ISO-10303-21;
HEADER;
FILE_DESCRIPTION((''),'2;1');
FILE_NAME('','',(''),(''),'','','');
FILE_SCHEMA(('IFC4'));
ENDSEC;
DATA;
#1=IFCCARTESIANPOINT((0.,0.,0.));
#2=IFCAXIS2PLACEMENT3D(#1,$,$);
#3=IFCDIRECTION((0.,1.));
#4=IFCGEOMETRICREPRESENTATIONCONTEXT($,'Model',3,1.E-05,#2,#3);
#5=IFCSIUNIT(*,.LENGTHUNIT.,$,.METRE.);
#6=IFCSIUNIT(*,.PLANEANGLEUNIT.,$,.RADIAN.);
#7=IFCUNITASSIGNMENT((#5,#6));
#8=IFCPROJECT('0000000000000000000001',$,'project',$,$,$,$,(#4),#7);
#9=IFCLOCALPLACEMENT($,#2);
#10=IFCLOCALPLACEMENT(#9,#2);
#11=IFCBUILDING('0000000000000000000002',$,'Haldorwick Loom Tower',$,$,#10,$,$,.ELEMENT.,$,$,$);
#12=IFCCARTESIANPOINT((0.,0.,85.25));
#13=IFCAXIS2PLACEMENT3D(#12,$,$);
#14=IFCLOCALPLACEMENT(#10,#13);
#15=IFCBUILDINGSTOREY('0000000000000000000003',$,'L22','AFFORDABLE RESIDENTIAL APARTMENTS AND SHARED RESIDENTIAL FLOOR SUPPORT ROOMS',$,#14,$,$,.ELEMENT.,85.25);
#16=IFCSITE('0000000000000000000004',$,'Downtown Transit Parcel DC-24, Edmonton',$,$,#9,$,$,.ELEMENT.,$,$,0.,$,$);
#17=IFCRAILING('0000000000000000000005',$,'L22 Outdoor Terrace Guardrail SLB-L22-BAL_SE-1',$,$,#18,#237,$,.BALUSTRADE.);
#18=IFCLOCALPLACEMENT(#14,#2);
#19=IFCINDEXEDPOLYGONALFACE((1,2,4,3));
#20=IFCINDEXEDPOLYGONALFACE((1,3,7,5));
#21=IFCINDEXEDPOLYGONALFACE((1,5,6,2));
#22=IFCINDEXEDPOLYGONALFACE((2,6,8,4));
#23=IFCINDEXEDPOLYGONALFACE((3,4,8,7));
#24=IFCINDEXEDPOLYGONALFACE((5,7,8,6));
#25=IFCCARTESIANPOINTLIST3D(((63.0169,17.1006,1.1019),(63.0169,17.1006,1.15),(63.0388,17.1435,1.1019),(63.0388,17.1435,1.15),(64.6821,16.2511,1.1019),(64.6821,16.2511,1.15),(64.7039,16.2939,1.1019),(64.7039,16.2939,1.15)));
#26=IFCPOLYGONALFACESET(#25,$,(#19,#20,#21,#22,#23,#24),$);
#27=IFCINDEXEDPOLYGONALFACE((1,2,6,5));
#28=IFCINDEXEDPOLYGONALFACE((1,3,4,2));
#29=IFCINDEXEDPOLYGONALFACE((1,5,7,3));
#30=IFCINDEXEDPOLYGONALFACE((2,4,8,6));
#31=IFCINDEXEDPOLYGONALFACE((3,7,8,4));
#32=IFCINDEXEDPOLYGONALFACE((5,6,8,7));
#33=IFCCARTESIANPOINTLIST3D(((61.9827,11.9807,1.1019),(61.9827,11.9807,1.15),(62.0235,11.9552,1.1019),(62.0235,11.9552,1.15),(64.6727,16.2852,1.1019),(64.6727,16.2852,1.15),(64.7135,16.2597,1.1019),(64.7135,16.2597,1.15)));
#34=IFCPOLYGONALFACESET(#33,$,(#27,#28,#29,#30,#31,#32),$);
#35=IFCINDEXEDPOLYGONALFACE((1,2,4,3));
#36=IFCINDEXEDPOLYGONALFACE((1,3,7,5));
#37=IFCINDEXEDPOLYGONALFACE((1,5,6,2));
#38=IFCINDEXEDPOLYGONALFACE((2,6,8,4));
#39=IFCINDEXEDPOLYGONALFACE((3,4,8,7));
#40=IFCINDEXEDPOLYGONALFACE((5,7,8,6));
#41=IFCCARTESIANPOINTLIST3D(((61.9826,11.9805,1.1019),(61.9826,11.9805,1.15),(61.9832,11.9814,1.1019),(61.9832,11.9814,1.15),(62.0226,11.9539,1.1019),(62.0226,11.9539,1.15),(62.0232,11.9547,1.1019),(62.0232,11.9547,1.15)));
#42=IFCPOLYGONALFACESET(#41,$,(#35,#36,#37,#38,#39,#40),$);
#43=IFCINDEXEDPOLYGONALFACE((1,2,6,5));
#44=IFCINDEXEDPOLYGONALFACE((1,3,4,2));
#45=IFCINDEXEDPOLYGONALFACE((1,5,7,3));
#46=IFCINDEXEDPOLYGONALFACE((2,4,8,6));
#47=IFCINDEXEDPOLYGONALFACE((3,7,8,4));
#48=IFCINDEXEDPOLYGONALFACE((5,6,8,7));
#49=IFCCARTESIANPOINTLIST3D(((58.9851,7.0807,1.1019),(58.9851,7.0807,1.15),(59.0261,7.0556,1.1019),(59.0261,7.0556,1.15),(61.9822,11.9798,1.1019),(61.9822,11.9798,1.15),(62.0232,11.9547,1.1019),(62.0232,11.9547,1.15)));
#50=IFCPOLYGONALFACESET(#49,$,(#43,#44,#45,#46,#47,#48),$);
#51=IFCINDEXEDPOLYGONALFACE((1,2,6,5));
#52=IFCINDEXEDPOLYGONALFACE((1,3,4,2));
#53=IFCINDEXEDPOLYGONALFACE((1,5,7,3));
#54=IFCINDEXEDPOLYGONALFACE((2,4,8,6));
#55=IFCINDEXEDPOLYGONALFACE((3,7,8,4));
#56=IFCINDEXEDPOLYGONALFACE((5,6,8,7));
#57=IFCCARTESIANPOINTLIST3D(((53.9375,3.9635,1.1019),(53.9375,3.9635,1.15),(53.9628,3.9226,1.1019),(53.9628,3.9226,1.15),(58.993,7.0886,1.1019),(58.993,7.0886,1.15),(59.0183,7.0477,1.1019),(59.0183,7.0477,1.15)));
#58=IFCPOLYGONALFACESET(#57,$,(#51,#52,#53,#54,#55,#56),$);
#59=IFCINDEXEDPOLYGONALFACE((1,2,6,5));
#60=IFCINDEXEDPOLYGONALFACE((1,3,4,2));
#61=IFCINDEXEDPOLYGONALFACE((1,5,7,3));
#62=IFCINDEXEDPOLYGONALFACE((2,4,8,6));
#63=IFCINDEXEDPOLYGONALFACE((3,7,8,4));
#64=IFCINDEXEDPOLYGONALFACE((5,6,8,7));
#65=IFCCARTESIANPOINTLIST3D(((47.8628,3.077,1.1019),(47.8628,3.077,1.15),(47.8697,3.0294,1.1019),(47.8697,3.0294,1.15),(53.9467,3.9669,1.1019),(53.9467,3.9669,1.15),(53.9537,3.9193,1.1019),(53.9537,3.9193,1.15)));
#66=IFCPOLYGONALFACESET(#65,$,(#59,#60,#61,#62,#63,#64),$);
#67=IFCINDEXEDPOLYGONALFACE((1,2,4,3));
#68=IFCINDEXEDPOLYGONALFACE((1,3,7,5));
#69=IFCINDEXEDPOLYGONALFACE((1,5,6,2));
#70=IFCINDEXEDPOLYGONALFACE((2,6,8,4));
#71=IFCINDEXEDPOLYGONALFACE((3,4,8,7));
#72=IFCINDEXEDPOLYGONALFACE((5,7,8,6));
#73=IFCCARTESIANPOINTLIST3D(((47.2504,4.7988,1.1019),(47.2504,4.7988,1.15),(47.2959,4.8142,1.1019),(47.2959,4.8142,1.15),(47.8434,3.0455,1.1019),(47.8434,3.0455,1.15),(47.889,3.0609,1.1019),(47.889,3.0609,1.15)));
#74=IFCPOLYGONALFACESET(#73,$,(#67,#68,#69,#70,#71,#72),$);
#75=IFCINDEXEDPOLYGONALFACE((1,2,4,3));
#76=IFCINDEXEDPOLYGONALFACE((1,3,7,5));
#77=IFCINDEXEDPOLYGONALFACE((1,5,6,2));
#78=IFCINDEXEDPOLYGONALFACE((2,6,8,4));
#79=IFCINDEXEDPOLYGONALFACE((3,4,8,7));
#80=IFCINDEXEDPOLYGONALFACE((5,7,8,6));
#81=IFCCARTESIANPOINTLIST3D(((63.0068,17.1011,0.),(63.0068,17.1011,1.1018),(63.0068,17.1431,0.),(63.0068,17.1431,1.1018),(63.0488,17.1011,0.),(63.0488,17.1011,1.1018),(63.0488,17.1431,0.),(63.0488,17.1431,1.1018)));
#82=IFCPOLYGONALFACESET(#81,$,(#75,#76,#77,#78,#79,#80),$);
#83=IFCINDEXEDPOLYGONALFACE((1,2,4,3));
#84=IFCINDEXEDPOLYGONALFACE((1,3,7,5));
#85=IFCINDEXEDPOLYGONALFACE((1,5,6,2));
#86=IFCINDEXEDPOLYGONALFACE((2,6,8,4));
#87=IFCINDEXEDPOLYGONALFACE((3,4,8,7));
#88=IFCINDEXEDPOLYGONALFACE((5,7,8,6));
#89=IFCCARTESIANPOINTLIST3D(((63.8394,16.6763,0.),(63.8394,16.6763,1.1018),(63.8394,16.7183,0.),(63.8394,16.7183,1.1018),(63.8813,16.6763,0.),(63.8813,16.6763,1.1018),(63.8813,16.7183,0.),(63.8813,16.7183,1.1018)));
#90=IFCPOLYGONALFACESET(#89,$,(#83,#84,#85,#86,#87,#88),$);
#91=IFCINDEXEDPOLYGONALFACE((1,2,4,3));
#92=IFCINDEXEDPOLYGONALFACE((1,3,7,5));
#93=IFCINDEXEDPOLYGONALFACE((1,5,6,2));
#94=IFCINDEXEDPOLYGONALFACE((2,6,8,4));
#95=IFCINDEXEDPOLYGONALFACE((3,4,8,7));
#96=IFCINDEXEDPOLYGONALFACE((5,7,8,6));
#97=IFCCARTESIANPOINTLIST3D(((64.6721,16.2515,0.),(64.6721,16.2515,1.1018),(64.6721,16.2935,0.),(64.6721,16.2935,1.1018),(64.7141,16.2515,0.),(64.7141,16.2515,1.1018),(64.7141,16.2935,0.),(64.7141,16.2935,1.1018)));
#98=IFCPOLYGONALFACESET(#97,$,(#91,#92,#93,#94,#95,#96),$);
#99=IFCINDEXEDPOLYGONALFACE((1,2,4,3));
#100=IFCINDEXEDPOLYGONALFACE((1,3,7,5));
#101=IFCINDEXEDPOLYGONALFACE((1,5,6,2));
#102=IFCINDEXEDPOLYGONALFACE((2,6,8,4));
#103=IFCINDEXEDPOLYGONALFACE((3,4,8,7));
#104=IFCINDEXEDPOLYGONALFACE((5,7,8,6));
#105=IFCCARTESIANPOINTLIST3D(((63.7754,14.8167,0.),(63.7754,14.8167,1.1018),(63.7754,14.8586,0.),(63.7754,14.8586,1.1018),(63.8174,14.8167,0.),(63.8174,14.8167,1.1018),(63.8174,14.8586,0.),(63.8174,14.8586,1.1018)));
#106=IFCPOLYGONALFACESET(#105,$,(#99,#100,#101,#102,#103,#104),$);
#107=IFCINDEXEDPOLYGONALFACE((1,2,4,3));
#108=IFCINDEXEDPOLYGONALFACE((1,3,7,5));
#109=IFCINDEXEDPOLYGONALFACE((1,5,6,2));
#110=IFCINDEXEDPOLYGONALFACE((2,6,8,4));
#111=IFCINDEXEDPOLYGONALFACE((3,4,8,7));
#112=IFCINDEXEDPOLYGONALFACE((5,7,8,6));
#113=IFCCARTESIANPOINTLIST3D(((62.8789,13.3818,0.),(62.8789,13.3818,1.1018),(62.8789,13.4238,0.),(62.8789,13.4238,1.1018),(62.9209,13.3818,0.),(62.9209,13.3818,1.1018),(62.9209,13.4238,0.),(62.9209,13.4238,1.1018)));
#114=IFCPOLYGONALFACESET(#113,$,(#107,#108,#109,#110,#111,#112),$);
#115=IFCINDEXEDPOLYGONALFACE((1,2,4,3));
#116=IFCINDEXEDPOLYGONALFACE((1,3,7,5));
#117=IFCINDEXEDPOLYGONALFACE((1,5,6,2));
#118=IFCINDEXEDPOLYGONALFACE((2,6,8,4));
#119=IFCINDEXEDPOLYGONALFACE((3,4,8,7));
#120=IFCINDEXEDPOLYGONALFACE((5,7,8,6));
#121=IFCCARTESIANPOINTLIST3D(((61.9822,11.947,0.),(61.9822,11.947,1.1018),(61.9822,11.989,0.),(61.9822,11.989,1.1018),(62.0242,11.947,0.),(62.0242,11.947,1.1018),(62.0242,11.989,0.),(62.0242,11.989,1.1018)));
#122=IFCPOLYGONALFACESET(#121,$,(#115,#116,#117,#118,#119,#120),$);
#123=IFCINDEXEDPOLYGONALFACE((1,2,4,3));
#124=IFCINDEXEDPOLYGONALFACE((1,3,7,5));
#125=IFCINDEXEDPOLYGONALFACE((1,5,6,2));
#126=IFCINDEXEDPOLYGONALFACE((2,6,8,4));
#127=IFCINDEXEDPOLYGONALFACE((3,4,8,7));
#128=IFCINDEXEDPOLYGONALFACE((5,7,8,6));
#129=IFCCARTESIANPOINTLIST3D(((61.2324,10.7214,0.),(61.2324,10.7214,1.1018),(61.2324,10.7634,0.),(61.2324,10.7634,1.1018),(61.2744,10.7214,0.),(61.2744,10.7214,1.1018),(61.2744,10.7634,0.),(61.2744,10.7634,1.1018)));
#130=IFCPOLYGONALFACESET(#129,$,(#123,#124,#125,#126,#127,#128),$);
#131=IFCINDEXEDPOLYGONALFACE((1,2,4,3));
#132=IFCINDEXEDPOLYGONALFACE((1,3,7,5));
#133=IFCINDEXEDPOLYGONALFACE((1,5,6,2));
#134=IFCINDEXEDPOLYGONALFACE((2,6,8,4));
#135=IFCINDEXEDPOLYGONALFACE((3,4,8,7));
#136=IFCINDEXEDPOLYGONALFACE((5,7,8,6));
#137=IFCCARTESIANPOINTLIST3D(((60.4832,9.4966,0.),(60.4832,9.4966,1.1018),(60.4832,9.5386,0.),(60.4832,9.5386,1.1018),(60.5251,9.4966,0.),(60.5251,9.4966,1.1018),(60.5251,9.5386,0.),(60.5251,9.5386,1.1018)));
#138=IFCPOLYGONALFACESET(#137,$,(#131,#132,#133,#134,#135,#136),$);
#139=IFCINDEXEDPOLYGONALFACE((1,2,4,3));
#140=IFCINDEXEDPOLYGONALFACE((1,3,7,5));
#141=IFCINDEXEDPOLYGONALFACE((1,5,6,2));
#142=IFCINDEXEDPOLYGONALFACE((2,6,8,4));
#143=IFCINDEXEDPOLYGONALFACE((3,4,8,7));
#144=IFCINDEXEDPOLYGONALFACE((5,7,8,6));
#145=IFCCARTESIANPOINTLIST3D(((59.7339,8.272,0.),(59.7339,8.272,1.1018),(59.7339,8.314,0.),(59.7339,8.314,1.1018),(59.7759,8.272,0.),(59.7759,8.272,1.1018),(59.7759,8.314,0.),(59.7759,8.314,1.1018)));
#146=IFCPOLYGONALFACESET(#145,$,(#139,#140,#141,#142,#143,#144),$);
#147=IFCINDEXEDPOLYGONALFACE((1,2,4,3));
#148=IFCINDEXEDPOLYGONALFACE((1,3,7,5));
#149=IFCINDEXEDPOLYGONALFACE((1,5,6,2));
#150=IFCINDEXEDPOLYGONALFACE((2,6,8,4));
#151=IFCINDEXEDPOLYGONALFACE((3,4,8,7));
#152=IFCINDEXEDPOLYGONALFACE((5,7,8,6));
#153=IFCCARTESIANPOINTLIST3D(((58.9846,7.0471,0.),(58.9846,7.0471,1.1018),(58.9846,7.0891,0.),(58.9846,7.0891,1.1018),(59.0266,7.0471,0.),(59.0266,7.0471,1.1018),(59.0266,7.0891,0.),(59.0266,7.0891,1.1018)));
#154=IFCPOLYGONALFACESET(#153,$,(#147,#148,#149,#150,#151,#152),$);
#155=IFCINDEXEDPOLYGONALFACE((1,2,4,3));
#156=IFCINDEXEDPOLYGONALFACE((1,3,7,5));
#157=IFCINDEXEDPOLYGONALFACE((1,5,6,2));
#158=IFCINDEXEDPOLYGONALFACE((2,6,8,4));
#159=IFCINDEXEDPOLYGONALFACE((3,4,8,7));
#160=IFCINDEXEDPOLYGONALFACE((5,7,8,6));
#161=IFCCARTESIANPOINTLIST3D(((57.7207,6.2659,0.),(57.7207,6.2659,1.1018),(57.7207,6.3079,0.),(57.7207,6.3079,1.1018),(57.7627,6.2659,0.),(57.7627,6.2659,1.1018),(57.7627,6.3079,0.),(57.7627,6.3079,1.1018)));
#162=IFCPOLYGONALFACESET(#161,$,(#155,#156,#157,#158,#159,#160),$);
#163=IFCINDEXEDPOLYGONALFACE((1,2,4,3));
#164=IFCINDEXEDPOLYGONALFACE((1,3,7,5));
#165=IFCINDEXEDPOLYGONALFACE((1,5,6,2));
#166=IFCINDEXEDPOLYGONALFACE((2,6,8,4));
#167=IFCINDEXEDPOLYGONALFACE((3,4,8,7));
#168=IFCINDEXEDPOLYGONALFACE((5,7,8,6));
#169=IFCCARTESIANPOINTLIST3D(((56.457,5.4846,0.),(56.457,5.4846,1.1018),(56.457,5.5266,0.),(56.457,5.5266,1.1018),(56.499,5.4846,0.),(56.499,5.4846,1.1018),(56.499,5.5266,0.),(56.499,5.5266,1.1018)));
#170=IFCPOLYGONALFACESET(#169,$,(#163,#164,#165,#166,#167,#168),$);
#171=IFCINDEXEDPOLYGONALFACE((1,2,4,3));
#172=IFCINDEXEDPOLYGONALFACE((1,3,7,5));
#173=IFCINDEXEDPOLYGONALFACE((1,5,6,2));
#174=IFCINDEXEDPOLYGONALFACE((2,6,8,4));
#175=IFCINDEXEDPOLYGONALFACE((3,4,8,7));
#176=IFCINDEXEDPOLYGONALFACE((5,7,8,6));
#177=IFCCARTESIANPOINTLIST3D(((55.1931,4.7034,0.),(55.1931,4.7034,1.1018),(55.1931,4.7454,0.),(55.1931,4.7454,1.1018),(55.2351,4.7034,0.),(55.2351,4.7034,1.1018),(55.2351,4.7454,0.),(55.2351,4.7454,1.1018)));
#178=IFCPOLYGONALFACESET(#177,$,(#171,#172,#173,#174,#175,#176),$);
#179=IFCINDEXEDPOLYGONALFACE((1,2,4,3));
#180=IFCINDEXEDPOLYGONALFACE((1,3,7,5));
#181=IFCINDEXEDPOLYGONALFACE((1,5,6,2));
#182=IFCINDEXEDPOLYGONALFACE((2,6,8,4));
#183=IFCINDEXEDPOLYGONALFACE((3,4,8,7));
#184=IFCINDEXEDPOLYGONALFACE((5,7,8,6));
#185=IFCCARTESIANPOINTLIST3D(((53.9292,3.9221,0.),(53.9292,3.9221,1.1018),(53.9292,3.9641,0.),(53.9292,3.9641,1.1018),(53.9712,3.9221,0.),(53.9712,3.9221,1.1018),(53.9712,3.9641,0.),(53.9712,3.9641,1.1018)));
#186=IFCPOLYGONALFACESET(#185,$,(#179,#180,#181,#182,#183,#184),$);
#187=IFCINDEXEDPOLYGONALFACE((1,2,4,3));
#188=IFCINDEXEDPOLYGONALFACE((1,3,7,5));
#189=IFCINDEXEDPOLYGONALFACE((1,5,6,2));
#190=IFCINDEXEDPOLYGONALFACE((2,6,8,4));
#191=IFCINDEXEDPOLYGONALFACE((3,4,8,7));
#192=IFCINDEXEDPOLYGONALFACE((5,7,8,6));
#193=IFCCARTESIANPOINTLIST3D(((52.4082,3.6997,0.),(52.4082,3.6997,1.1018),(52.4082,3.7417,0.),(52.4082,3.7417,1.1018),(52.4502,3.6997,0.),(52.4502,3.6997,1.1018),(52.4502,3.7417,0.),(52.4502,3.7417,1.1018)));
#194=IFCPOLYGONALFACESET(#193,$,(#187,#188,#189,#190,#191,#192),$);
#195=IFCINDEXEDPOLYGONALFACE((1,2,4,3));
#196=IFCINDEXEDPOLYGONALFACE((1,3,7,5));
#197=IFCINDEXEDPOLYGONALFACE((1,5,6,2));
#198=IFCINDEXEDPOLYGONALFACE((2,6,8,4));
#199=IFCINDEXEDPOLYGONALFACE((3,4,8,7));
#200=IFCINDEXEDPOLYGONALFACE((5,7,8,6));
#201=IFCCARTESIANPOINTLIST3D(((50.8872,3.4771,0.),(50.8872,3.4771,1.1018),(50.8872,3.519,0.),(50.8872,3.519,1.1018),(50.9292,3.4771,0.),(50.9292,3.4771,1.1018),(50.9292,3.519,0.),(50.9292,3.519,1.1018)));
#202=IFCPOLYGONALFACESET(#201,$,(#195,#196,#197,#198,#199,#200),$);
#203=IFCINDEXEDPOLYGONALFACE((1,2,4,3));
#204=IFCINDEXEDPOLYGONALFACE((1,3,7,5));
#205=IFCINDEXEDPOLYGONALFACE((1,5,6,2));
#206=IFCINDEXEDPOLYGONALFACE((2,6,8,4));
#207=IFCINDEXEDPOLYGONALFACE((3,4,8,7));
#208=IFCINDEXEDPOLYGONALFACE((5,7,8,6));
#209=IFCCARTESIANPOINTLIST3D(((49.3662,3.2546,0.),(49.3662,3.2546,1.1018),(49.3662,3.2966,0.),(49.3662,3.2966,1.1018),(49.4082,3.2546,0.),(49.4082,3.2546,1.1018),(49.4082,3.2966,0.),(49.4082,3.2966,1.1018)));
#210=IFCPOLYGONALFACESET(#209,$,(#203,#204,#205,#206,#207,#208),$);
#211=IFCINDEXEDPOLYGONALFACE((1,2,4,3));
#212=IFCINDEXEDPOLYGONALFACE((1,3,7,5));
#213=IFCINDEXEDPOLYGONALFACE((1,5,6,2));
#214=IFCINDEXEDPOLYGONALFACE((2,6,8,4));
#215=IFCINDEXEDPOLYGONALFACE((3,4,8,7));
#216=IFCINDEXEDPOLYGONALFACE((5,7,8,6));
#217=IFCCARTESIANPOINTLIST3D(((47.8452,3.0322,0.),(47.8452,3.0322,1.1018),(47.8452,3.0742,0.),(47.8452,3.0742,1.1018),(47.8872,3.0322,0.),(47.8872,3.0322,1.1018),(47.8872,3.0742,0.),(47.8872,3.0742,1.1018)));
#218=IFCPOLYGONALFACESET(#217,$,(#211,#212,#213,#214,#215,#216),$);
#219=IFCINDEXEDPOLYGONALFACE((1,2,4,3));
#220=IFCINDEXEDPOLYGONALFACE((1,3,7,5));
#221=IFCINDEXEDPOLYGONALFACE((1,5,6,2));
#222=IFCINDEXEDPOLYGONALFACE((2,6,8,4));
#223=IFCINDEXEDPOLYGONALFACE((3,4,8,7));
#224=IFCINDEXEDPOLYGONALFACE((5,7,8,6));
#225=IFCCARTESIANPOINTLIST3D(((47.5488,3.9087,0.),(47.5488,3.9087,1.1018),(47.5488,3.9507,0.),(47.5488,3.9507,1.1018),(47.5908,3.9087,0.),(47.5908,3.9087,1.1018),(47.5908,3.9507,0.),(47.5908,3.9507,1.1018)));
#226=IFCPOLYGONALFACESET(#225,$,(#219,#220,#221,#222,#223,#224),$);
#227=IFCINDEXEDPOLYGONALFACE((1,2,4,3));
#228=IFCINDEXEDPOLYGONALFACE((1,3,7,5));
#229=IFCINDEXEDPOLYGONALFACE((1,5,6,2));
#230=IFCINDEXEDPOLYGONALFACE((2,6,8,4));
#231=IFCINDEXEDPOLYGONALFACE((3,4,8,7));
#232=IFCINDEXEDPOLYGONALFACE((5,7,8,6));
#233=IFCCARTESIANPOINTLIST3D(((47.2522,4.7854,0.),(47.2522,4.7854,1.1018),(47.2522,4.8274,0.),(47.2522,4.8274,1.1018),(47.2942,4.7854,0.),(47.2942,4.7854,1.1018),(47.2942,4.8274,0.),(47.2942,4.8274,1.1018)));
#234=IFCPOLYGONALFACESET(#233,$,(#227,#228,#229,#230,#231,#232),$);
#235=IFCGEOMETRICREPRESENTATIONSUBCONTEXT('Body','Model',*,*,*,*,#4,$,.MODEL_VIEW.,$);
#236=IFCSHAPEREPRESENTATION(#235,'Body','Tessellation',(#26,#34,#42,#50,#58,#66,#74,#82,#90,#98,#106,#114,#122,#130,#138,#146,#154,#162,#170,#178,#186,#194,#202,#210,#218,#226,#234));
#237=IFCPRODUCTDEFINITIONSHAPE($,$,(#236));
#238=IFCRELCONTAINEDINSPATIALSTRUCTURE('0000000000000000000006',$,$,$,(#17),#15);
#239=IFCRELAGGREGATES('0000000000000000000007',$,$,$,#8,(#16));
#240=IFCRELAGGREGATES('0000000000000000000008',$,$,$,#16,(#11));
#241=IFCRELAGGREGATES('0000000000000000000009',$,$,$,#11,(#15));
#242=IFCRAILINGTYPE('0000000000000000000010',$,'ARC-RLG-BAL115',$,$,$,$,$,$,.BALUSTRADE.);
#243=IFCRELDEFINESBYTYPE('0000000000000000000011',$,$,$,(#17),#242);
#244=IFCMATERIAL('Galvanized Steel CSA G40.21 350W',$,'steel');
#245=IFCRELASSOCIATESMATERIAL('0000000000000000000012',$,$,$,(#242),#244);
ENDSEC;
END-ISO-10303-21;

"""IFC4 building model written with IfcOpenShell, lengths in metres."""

from ifc_helpers import new_model, si_unit, direction, frame, origin, origin_2d, place, context, subcontext, project, spatial, rectangle, extrude, material, type_object, element, save


model = new_model("IFC4")

# Units and contexts
model_context = context("Model", 3, precision=1e-05, world=origin(), true_north=direction((0.0, 1.0)))
body_context = subcontext(model_context, "Body", "Model", "MODEL_VIEW")
ifc_project = project(units=[si_unit("LENGTHUNIT", "METRE"), si_unit("PLANEANGLEUNIT", "RADIAN")], contexts=[model_context])

# Site, building, storey
site_placement = place(None, origin())
site = spatial("IfcSite", under=ifc_project, at=site_placement, Name="Downtown Transit Parcel DC-24, Edmonton", CompositionType="ELEMENT", RefElevation=0.0)
building_placement = place(site_placement, origin())
building = spatial("IfcBuilding", under=site, at=building_placement, Name="Haldorwick Loom Tower", CompositionType="ELEMENT")
storey_placement = place(building_placement, frame((0.0, 0.0, 85.25)))
storey = spatial("IfcBuildingStorey", under=building, at=storey_placement, Name="L22", Description="AFFORDABLE RESIDENTIAL APARTMENTS AND SHARED RESIDENTIAL FLOOR SUPPORT ROOMS", CompositionType="ELEMENT", Elevation=85.25)

# Railing
ifc_material_1 = material(Name="Galvanized Steel CSA G40.21 350W", Category="steel")
railing_type = type_object("IfcRailingType", Name="ARC-RLG-BAL115", PredefinedType="BALUSTRADE", material=ifc_material_1)
railing_placement = place(storey_placement, frame((63.0278, 17.1221, 0.0)))
element("IfcRailing", 1, at=railing_placement, inside=storey, type_object=railing_type, Name="L22 Outdoor Terrace Guardrail SLB-L22-BAL_SE-1", PredefinedType="BALUSTRADE", context=body_context, shape_type="SweptSolid", body=[
    extrude(rectangle(XDim=0.0481, YDim=0.0481, at=origin_2d()), frame((0.0, 0.0, 1.126), z_axis=(0.890767, -0.45446, 0.0), x_axis=(0.45446, 0.890767, 0.0)), (0.0, 0.0, 1.0), 1.8694),
    extrude(rectangle(XDim=0.0481, YDim=0.0481, at=origin_2d()), frame((1.6653, -0.8496, 1.126), z_axis=(-0.529951, -0.848028, 0.0), x_axis=(0.848028, -0.529951, 0.0)), (0.0, 0.0, 1.0), 5.0759),
    extrude(rectangle(XDim=0.0481, YDim=0.0481, at=origin_2d()), frame((-1.0247, -5.1541, 1.126), z_axis=(-0.5547, -0.83205, 0.0), x_axis=(0.83205, -0.5547, 0.0)), (0.0, 0.0, 1.0), 0.001),
    extrude(rectangle(XDim=0.0481, YDim=0.0481, at=origin_2d()), frame((-1.0251, -5.1548, 1.126), z_axis=(-0.521847, -0.853039, 0.0), x_axis=(0.853039, -0.521847, 0.0)), (0.0, 0.0, 1.0), 5.7432),
    extrude(rectangle(XDim=0.0481, YDim=0.0481, at=origin_2d()), frame((-4.0222, -10.054, 1.126), z_axis=(-0.850607, -0.525802, 0.0), x_axis=(0.525802, -0.850607, 0.0)), (0.0, 0.0, 1.0), 5.9434),
    extrude(rectangle(XDim=0.0481, YDim=0.0481, at=origin_2d()), frame((-9.0776, -13.179, 1.126), z_axis=(-0.989471, -0.144728, 0.0), x_axis=(0.144728, -0.989471, 0.0)), (0.0, 0.0, 1.0), 6.1487),
    extrude(rectangle(XDim=0.0481, YDim=0.0481, at=origin_2d()), frame((-15.1616, -14.0688, 1.126), z_axis=(-0.32042, 0.947276, 0.0), x_axis=(-0.947276, -0.32042, 0.0)), (0.0, 0.0, 1.0), 1.8508),
    extrude(rectangle(XDim=0.042, YDim=0.042, at=origin_2d()), origin(), (0.0, 0.0, 1.0), 1.1018),
    extrude(rectangle(XDim=0.042, YDim=0.042, at=origin_2d()), frame((0.8325, -0.4248, 0.0)), (0.0, 0.0, 1.0), 1.1018),
    extrude(rectangle(XDim=0.042, YDim=0.042, at=origin_2d()), frame((1.6653, -0.8496, 0.0)), (0.0, 0.0, 1.0), 1.1018),
    extrude(rectangle(XDim=0.042, YDim=0.042, at=origin_2d()), frame((0.7686, -2.2844, 0.0)), (0.0, 0.0, 1.0), 1.1018),
    extrude(rectangle(XDim=0.042, YDim=0.042, at=origin_2d()), frame((-0.1279, -3.7192, 0.0)), (0.0, 0.0, 1.0), 1.1018),
    extrude(rectangle(XDim=0.042, YDim=0.042, at=origin_2d()), frame((-1.0247, -5.1541, 0.0)), (0.0, 0.0, 1.0), 1.1018),
    extrude(rectangle(XDim=0.042, YDim=0.042, at=origin_2d()), frame((-1.7744, -6.3796, 0.0)), (0.0, 0.0, 1.0), 1.1018),
    extrude(rectangle(XDim=0.042, YDim=0.042, at=origin_2d()), frame((-2.5237, -7.6045, 0.0)), (0.0, 0.0, 1.0), 1.1018),
    extrude(rectangle(XDim=0.042, YDim=0.042, at=origin_2d()), frame((-3.2729, -8.8291, 0.0)), (0.0, 0.0, 1.0), 1.1018),
    extrude(rectangle(XDim=0.042, YDim=0.042, at=origin_2d()), frame((-4.0222, -10.054, 0.0)), (0.0, 0.0, 1.0), 1.1018),
    extrude(rectangle(XDim=0.042, YDim=0.042, at=origin_2d()), frame((-5.2861, -10.8352, 0.0)), (0.0, 0.0, 1.0), 1.1018),
    extrude(rectangle(XDim=0.042, YDim=0.042, at=origin_2d()), frame((-6.5498, -11.6165, 0.0)), (0.0, 0.0, 1.0), 1.1018),
    extrude(rectangle(XDim=0.042, YDim=0.042, at=origin_2d()), frame((-7.8137, -12.3977, 0.0)), (0.0, 0.0, 1.0), 1.1018),
    extrude(rectangle(XDim=0.042, YDim=0.042, at=origin_2d()), frame((-9.0776, -13.179, 0.0)), (0.0, 0.0, 1.0), 1.1018),
    extrude(rectangle(XDim=0.042, YDim=0.042, at=origin_2d()), frame((-10.5986, -13.4014, 0.0)), (0.0, 0.0, 1.0), 1.1018),
    extrude(rectangle(XDim=0.042, YDim=0.042, at=origin_2d()), frame((-12.1196, -13.624, 0.0)), (0.0, 0.0, 1.0), 1.1018),
    extrude(rectangle(XDim=0.042, YDim=0.042, at=origin_2d()), frame((-13.6406, -13.8464, 0.0)), (0.0, 0.0, 1.0), 1.1018),
    extrude(rectangle(XDim=0.042, YDim=0.042, at=origin_2d()), frame((-15.1616, -14.0688, 0.0)), (0.0, 0.0, 1.0), 1.1018),
    extrude(rectangle(XDim=0.042, YDim=0.042, at=origin_2d()), frame((-15.458, -13.1924, 0.0)), (0.0, 0.0, 1.0), 1.1018),
    extrude(rectangle(XDim=0.042, YDim=0.042, at=origin_2d()), frame((-15.7546, -12.3157, 0.0)), (0.0, 0.0, 1.0), 1.1018),
])

save(model, "model.ifc")
